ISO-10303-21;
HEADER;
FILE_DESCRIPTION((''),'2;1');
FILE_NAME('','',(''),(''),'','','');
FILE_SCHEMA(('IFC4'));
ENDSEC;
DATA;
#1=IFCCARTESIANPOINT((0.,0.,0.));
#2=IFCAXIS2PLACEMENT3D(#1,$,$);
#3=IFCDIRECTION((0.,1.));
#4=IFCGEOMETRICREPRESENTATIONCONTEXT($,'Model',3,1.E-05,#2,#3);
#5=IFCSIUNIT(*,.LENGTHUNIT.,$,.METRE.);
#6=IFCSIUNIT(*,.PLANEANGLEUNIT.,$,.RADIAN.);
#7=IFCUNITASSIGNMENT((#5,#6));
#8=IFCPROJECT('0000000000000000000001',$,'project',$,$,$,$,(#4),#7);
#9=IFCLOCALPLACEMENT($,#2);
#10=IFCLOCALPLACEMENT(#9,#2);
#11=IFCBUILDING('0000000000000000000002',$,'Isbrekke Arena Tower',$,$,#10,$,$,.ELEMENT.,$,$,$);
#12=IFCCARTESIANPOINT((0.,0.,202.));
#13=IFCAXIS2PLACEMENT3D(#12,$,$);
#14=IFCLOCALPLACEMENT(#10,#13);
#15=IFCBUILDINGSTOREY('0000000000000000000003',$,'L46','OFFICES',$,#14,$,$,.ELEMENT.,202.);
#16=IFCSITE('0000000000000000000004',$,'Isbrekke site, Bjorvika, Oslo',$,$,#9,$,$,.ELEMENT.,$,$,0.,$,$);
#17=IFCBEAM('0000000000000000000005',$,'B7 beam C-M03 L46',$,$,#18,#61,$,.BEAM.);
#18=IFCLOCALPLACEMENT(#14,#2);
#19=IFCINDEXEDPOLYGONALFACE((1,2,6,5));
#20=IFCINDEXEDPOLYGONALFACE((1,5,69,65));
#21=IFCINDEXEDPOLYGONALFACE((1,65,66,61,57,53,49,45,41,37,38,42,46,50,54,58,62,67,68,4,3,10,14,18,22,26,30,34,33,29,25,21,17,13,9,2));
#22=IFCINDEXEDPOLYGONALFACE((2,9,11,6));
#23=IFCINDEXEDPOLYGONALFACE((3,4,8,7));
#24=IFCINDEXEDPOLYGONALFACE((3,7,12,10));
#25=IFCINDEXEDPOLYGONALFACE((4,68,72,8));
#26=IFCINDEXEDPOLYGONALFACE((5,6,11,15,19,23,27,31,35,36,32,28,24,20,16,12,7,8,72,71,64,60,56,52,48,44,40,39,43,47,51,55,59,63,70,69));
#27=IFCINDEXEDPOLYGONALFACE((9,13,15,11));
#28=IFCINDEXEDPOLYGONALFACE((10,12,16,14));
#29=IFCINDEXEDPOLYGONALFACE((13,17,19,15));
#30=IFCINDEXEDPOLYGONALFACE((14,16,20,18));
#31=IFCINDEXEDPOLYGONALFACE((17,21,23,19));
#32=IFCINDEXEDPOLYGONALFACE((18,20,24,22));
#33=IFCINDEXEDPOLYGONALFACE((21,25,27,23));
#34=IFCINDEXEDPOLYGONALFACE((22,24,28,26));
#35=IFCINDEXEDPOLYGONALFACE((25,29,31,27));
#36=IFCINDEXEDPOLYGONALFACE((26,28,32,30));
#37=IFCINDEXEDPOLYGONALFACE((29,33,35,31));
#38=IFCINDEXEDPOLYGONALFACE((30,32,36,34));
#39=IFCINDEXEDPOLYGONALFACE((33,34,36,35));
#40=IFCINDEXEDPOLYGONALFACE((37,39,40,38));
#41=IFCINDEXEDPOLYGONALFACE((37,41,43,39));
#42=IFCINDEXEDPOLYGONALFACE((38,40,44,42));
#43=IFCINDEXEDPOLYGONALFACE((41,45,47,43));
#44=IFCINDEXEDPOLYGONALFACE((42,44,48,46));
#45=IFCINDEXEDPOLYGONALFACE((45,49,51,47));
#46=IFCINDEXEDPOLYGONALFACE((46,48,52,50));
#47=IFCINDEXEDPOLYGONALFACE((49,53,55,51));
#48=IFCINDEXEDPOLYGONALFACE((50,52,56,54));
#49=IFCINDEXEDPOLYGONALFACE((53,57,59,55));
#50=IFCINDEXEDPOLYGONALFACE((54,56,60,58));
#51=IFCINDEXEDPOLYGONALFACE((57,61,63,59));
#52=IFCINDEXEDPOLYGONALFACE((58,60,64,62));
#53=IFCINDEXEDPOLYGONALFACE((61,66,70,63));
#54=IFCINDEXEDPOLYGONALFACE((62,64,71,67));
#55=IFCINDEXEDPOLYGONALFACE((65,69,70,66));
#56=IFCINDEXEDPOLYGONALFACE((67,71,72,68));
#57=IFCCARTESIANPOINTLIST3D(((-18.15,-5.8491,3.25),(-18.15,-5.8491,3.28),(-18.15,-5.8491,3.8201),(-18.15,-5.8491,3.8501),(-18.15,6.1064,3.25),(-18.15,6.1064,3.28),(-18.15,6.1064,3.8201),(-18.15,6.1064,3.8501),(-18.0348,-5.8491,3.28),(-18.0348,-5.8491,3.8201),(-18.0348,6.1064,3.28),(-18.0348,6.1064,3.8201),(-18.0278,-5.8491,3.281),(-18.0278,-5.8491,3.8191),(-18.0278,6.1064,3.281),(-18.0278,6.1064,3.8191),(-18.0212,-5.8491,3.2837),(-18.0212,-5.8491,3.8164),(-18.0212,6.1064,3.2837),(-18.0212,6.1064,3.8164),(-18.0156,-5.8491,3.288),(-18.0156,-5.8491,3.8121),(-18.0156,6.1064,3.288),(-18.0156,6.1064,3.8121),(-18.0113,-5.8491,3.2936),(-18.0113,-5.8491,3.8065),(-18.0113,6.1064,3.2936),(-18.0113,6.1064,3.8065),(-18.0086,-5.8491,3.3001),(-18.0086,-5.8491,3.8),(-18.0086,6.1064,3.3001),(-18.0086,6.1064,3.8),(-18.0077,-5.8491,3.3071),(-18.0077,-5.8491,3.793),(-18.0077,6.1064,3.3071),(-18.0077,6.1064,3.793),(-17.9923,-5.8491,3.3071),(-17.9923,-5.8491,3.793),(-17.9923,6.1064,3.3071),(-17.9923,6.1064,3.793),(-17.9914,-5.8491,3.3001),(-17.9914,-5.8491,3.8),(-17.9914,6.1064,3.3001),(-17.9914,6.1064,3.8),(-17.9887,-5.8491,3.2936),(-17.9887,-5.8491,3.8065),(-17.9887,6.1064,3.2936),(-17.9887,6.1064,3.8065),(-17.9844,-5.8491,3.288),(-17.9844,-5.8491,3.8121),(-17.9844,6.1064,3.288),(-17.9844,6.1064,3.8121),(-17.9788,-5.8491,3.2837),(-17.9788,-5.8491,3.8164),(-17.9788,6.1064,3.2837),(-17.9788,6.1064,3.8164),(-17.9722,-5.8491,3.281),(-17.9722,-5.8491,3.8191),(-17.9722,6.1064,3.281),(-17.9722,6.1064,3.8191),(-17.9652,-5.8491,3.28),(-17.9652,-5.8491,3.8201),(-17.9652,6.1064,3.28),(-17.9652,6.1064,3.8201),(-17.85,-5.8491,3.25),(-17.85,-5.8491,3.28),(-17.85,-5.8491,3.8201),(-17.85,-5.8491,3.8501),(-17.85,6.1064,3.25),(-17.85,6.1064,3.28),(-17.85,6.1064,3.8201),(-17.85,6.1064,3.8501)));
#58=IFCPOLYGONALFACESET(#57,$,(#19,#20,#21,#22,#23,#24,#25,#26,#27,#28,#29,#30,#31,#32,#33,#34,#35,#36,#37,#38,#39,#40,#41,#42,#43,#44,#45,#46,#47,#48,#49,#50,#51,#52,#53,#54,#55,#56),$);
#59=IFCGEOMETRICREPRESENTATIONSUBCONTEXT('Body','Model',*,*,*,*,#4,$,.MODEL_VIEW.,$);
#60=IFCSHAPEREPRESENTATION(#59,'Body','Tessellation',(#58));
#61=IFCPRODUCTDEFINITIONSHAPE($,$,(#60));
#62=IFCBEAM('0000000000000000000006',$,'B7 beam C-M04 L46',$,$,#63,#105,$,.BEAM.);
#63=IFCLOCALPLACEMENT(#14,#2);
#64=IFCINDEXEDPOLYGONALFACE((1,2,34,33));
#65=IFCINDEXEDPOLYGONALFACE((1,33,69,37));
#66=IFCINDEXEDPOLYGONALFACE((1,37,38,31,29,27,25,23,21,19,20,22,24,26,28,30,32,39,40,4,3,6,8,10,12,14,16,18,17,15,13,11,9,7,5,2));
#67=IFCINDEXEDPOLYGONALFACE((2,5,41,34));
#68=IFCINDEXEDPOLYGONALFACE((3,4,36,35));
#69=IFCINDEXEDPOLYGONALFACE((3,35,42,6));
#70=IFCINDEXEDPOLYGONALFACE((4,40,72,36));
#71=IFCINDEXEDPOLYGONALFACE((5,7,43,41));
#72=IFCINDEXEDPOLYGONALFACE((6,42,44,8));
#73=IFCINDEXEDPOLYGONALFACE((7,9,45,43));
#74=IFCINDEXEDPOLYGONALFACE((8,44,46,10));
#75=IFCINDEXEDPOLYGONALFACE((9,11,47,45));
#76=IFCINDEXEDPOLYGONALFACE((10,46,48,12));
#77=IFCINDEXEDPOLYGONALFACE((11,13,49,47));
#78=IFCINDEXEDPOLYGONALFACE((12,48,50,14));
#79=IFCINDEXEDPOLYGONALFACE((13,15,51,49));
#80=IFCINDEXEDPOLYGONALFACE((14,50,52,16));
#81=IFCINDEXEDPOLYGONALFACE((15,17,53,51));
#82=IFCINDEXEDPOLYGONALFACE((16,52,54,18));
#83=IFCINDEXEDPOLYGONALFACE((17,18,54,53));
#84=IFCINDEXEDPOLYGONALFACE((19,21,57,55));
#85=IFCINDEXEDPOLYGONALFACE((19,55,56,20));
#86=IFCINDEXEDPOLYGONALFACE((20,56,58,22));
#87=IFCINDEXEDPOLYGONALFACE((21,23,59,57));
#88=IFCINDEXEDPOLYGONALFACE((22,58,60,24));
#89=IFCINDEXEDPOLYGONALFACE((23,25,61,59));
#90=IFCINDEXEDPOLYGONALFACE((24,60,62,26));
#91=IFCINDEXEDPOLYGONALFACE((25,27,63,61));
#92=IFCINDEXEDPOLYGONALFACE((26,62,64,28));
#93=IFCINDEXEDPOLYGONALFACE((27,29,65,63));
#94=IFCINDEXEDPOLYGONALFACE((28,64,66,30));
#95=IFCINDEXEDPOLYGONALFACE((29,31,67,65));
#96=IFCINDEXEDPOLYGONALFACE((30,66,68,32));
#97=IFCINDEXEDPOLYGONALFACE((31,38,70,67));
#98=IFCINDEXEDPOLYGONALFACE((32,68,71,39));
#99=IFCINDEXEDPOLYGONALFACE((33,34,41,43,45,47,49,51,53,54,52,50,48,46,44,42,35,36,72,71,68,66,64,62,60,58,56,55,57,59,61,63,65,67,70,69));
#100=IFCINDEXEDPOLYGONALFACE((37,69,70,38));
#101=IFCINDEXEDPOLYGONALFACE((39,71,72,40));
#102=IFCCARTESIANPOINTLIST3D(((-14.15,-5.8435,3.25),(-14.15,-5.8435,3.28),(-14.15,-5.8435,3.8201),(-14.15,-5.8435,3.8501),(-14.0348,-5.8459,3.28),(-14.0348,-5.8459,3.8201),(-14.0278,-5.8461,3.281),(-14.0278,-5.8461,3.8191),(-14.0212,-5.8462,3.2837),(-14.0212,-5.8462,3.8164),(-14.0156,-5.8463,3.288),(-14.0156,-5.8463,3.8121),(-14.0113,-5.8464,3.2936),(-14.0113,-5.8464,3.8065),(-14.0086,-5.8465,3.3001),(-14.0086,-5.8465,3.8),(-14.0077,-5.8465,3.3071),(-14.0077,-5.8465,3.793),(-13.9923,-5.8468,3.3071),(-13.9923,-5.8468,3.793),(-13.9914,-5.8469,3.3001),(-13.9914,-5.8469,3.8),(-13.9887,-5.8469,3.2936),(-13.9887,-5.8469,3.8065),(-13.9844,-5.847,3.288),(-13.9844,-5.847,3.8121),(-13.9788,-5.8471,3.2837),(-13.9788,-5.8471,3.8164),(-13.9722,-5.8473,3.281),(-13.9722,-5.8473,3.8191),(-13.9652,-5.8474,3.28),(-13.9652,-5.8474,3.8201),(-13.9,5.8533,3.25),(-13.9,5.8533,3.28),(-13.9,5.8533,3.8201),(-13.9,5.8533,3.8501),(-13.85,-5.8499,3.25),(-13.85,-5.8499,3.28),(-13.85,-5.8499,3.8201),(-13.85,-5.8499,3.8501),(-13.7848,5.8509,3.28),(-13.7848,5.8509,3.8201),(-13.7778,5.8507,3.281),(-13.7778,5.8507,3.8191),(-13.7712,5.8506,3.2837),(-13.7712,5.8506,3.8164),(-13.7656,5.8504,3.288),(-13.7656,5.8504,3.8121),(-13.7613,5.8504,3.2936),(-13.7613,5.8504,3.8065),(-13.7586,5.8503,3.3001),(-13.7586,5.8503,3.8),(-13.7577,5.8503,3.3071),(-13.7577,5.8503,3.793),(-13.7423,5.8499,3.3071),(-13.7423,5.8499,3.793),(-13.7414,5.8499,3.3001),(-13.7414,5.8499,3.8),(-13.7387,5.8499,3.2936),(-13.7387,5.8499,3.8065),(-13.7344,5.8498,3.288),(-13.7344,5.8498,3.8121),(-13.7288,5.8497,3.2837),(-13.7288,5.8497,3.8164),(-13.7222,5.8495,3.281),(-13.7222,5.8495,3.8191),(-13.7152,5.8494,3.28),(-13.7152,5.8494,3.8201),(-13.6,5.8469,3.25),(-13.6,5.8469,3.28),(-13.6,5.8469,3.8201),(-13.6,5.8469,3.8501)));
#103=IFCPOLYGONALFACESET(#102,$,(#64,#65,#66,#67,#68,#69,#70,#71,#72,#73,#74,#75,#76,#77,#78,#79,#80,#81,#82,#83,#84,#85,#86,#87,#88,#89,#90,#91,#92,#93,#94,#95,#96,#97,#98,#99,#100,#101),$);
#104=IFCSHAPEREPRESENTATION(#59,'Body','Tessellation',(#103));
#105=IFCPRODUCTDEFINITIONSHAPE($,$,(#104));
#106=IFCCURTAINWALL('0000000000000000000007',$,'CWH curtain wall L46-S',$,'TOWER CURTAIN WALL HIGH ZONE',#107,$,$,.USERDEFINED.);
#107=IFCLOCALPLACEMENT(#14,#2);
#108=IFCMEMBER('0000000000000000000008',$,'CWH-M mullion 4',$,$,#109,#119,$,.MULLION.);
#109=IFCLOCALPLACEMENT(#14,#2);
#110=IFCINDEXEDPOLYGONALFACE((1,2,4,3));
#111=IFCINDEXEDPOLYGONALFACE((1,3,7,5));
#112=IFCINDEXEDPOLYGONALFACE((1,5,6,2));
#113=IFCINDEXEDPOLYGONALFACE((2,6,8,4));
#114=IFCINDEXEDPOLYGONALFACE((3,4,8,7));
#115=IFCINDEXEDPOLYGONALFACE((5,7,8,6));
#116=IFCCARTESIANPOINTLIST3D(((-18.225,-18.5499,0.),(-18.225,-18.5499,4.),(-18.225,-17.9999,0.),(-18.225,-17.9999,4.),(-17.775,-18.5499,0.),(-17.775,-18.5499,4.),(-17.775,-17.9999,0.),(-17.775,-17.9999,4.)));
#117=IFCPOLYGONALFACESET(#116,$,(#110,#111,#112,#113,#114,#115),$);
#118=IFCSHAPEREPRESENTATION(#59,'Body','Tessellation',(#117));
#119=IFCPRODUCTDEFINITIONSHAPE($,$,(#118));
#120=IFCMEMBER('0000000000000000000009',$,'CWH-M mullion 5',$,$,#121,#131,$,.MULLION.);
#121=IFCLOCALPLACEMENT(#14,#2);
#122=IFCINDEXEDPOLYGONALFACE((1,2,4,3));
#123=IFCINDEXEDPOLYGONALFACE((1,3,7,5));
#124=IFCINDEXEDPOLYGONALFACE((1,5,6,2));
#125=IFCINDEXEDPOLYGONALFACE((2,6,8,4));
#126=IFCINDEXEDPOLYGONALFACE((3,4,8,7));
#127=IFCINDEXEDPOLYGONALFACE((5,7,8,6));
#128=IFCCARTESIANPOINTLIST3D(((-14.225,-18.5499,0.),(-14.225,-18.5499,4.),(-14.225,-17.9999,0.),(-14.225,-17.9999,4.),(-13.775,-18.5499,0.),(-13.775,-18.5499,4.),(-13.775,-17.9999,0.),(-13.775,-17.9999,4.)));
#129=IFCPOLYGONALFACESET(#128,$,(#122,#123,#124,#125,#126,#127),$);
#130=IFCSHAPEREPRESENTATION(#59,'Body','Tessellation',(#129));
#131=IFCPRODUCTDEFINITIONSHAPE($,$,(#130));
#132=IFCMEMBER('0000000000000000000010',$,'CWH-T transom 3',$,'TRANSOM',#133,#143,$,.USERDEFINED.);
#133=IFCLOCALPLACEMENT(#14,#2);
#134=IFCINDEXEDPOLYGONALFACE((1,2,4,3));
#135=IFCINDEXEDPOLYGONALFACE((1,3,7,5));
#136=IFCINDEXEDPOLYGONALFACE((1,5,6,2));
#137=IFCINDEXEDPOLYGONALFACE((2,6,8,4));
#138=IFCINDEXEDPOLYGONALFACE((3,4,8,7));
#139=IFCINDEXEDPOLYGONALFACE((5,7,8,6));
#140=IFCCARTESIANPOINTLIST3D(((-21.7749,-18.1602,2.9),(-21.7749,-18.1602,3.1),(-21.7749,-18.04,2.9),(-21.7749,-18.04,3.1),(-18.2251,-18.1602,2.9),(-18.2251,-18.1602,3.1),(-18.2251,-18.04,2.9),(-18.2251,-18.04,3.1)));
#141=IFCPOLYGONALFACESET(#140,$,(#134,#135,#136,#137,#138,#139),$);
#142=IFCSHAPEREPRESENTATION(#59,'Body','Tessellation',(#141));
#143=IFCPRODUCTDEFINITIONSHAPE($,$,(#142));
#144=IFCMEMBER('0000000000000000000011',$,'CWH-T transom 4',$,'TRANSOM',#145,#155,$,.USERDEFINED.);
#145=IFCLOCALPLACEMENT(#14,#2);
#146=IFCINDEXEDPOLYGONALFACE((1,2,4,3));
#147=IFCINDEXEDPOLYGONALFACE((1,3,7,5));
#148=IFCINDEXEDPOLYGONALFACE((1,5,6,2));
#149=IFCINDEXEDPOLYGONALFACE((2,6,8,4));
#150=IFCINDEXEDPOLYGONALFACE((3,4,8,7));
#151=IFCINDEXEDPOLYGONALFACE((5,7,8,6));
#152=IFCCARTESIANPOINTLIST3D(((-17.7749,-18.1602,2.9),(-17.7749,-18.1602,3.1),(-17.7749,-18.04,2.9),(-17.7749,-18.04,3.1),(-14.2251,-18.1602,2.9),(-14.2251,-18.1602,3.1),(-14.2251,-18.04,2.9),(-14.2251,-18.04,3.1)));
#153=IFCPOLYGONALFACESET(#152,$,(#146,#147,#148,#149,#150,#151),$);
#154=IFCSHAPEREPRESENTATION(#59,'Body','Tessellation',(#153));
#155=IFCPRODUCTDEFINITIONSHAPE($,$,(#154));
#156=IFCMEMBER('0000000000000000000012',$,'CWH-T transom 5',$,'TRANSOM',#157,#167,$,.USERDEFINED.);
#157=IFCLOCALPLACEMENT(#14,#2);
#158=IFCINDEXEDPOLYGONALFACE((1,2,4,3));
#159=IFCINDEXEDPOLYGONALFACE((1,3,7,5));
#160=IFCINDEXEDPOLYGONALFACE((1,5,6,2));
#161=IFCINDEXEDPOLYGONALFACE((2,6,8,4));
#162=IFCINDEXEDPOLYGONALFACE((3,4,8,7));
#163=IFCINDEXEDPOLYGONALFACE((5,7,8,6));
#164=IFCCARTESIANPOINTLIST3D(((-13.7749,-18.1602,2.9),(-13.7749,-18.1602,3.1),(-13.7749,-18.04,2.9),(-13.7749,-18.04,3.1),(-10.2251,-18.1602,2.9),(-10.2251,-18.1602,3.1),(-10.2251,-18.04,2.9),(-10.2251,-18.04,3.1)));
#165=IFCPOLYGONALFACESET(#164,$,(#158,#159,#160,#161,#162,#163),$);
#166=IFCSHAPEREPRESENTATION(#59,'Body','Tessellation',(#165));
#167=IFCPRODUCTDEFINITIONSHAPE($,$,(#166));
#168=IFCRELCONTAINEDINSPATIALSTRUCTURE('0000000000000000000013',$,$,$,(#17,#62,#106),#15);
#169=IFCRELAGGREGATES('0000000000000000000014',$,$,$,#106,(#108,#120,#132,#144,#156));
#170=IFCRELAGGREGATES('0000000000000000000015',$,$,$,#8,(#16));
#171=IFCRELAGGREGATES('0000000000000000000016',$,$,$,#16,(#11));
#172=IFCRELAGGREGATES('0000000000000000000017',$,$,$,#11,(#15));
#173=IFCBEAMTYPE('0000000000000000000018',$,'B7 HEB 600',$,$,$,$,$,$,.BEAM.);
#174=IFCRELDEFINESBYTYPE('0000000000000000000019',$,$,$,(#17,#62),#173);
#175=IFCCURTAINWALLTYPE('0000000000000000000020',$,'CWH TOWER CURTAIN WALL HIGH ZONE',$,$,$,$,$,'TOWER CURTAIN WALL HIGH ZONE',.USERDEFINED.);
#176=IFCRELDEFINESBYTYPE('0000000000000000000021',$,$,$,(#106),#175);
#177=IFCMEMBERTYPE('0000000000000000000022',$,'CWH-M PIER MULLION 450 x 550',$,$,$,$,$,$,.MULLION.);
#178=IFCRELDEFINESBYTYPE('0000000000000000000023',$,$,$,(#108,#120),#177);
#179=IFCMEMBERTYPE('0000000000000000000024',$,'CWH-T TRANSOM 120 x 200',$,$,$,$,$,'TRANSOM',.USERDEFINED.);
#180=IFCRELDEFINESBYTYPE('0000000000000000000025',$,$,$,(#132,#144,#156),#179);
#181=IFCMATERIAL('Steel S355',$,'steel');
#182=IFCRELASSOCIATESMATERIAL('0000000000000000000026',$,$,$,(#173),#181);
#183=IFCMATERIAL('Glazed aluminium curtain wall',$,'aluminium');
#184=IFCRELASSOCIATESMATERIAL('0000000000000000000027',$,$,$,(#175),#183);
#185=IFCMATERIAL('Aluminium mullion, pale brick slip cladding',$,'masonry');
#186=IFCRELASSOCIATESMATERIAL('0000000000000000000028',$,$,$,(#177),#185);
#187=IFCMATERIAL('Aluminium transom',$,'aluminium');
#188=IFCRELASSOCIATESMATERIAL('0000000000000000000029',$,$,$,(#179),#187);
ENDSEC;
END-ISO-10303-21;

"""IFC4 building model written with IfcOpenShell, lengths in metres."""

from ifc_helpers import new_model, si_unit, direction, frame, origin, origin_2d, place, context, subcontext, project, spatial, rectangle, i_section, extrude, material, material_profile, profile_set, type_object, element, aggregate, save


model = new_model("IFC4")

# Units and contexts
model_context = context("Model", 3, precision=1e-05, world=origin(), true_north=direction((0.0, 1.0)))
body_context = subcontext(model_context, "Body", "Model", "MODEL_VIEW")
ifc_project = project(units=[si_unit("LENGTHUNIT", "METRE"), si_unit("PLANEANGLEUNIT", "RADIAN")], contexts=[model_context])

# Site, building, storey
site_placement = place(None, origin())
site = spatial("IfcSite", under=ifc_project, at=site_placement, Name="Isbrekke site, Bjorvika, Oslo", CompositionType="ELEMENT", RefElevation=0.0)
building_placement = place(site_placement, origin())
building = spatial("IfcBuilding", under=site, at=building_placement, Name="Isbrekke Arena Tower", CompositionType="ELEMENT")
storey_placement = place(building_placement, frame((0.0, 0.0, 202.0)))
storey = spatial("IfcBuildingStorey", under=building, at=storey_placement, Name="L46", Description="OFFICES", CompositionType="ELEMENT", Elevation=202.0)

# Beams
ifc_material_1 = material(Name="Steel S355", Category="steel")
ifc_material_profile_1 = material_profile(ifc_material_1, i_section(OverallWidth=0.3, OverallDepth=0.6001, WebThickness=0.0154, FlangeThickness=0.03, FilletRadius=0.0271, at=origin_2d()), Name="HEB 600")
ifc_profile_set_1 = profile_set([ifc_material_profile_1], Name="Steel S355")
beam_type_1 = type_object("IfcBeamType", Name="B7 HEB 600", PredefinedType="BEAM", material=ifc_profile_set_1)
beam_1_placement = place(storey_placement, frame((-18.0, -5.8491, 3.55), z_axis=(0.0, 1.0, 0.0), x_axis=(-1.0, 0.0, 0.0)))
element("IfcBeam", 1, at=beam_1_placement, inside=storey, type_object=beam_type_1, Name="B7 beam C-M03 L46", PredefinedType="BEAM", context=body_context, shape_type="SweptSolid", body=[
    extrude(i_section(OverallWidth=0.3, OverallDepth=0.6001, WebThickness=0.0154, FlangeThickness=0.03, FilletRadius=0.0271, at=origin_2d()), origin(), (0.0, 0.0, 1.0), 11.9556),
])
beam_2_placement = place(storey_placement, frame((-14.0, -5.8467, 3.55), z_axis=(0.021369, 0.999772, 0.0), x_axis=(-0.999772, 0.021369, 0.0)))
element("IfcBeam", 2, at=beam_2_placement, inside=storey, type_object=beam_type_1, Name="B7 beam C-M04 L46", PredefinedType="BEAM", context=body_context, shape_type="SweptSolid", body=[
    extrude(i_section(OverallWidth=0.3, OverallDepth=0.6001, WebThickness=0.0154, FlangeThickness=0.03, FilletRadius=0.0271, at=origin_2d()), origin(), (0.0, 0.0, 1.0), 11.6995),
])

# Curtain wall, members
ifc_material_2 = material(Name="Glazed aluminium curtain wall", Category="aluminium")
curtain_wall_type = type_object("IfcCurtainWallType", Name="CWH TOWER CURTAIN WALL HIGH ZONE", ElementType="TOWER CURTAIN WALL HIGH ZONE", PredefinedType="USERDEFINED", material=ifc_material_2)
curtain_wall_placement = place(storey_placement, origin())
curtain_wall = element("IfcCurtainWall", 3, at=curtain_wall_placement, inside=storey, type_object=curtain_wall_type, Name="CWH curtain wall L46-S", ObjectType="TOWER CURTAIN WALL HIGH ZONE", PredefinedType="USERDEFINED")
ifc_material_3 = material(Name="Aluminium mullion, pale brick slip cladding", Category="masonry")
ifc_material_profile_2 = material_profile(ifc_material_3, rectangle(XDim=0.45, YDim=0.55, at=origin_2d()), Name="PIER 450X550")
ifc_profile_set_2 = profile_set([ifc_material_profile_2], Name="Aluminium mullion, pale brick slip cladding")
member_type_1 = type_object("IfcMemberType", Name="CWH-M PIER MULLION 450 x 550", PredefinedType="MULLION", material=ifc_profile_set_2)
member_1_placement = place(storey_placement, frame((-18.0, -18.2749, 0.0), z_axis=(0.0, 0.0, 1.0), x_axis=(1.0, 0.0, 0.0)))
member_1 = element("IfcMember", 4, at=member_1_placement, type_object=member_type_1, Name="CWH-M mullion 4", PredefinedType="MULLION", context=body_context, shape_type="SweptSolid", body=[
    extrude(rectangle(XDim=0.45, YDim=0.55, at=origin_2d()), origin(), (0.0, 0.0, 1.0), 4.0),
])
member_2_placement = place(storey_placement, frame((-14.0, -18.2749, 0.0), z_axis=(0.0, 0.0, 1.0), x_axis=(1.0, 0.0, 0.0)))
member_2 = element("IfcMember", 5, at=member_2_placement, type_object=member_type_1, Name="CWH-M mullion 5", PredefinedType="MULLION", context=body_context, shape_type="SweptSolid", body=[
    extrude(rectangle(XDim=0.45, YDim=0.55, at=origin_2d()), origin(), (0.0, 0.0, 1.0), 4.0),
])
ifc_material_4 = material(Name="Aluminium transom", Category="aluminium")
ifc_material_profile_3 = material_profile(ifc_material_4, rectangle(XDim=0.1201, YDim=0.2, at=origin_2d()), Name="TRANSOM 120X200")
ifc_profile_set_3 = profile_set([ifc_material_profile_3], Name="Aluminium transom")
member_type_2 = type_object("IfcMemberType", Name="CWH-T TRANSOM 120 x 200", ElementType="TRANSOM", PredefinedType="USERDEFINED", material=ifc_profile_set_3)
member_3_placement = place(storey_placement, frame((-21.7749, -18.1001, 3.0), z_axis=(1.0, 0.0, 0.0), x_axis=(0.0, 1.0, 0.0)))
member_3 = element("IfcMember", 6, at=member_3_placement, type_object=member_type_2, Name="CWH-T transom 3", ObjectType="TRANSOM", PredefinedType="USERDEFINED", context=body_context, shape_type="SweptSolid", body=[
    extrude(rectangle(XDim=0.1201, YDim=0.2, at=origin_2d()), origin(), (0.0, 0.0, 1.0), 3.5498),
])
member_4_placement = place(storey_placement, frame((-17.7749, -18.1001, 3.0), z_axis=(1.0, 0.0, 0.0), x_axis=(0.0, 1.0, 0.0)))
member_4 = element("IfcMember", 7, at=member_4_placement, type_object=member_type_2, Name="CWH-T transom 4", ObjectType="TRANSOM", PredefinedType="USERDEFINED", context=body_context, shape_type="SweptSolid", body=[
    extrude(rectangle(XDim=0.1201, YDim=0.2, at=origin_2d()), origin(), (0.0, 0.0, 1.0), 3.5498),
])
member_5_placement = place(storey_placement, frame((-13.7749, -18.1001, 3.0), z_axis=(1.0, 0.0, 0.0), x_axis=(0.0, 1.0, 0.0)))
member_5 = element("IfcMember", 8, at=member_5_placement, type_object=member_type_2, Name="CWH-T transom 5", ObjectType="TRANSOM", PredefinedType="USERDEFINED", context=body_context, shape_type="SweptSolid", body=[
    extrude(rectangle(XDim=0.1201, YDim=0.2, at=origin_2d()), origin(), (0.0, 0.0, 1.0), 3.5498),
])

aggregate(curtain_wall, [member_1, member_2, member_3, member_4, member_5])

save(model, "model.ifc")
